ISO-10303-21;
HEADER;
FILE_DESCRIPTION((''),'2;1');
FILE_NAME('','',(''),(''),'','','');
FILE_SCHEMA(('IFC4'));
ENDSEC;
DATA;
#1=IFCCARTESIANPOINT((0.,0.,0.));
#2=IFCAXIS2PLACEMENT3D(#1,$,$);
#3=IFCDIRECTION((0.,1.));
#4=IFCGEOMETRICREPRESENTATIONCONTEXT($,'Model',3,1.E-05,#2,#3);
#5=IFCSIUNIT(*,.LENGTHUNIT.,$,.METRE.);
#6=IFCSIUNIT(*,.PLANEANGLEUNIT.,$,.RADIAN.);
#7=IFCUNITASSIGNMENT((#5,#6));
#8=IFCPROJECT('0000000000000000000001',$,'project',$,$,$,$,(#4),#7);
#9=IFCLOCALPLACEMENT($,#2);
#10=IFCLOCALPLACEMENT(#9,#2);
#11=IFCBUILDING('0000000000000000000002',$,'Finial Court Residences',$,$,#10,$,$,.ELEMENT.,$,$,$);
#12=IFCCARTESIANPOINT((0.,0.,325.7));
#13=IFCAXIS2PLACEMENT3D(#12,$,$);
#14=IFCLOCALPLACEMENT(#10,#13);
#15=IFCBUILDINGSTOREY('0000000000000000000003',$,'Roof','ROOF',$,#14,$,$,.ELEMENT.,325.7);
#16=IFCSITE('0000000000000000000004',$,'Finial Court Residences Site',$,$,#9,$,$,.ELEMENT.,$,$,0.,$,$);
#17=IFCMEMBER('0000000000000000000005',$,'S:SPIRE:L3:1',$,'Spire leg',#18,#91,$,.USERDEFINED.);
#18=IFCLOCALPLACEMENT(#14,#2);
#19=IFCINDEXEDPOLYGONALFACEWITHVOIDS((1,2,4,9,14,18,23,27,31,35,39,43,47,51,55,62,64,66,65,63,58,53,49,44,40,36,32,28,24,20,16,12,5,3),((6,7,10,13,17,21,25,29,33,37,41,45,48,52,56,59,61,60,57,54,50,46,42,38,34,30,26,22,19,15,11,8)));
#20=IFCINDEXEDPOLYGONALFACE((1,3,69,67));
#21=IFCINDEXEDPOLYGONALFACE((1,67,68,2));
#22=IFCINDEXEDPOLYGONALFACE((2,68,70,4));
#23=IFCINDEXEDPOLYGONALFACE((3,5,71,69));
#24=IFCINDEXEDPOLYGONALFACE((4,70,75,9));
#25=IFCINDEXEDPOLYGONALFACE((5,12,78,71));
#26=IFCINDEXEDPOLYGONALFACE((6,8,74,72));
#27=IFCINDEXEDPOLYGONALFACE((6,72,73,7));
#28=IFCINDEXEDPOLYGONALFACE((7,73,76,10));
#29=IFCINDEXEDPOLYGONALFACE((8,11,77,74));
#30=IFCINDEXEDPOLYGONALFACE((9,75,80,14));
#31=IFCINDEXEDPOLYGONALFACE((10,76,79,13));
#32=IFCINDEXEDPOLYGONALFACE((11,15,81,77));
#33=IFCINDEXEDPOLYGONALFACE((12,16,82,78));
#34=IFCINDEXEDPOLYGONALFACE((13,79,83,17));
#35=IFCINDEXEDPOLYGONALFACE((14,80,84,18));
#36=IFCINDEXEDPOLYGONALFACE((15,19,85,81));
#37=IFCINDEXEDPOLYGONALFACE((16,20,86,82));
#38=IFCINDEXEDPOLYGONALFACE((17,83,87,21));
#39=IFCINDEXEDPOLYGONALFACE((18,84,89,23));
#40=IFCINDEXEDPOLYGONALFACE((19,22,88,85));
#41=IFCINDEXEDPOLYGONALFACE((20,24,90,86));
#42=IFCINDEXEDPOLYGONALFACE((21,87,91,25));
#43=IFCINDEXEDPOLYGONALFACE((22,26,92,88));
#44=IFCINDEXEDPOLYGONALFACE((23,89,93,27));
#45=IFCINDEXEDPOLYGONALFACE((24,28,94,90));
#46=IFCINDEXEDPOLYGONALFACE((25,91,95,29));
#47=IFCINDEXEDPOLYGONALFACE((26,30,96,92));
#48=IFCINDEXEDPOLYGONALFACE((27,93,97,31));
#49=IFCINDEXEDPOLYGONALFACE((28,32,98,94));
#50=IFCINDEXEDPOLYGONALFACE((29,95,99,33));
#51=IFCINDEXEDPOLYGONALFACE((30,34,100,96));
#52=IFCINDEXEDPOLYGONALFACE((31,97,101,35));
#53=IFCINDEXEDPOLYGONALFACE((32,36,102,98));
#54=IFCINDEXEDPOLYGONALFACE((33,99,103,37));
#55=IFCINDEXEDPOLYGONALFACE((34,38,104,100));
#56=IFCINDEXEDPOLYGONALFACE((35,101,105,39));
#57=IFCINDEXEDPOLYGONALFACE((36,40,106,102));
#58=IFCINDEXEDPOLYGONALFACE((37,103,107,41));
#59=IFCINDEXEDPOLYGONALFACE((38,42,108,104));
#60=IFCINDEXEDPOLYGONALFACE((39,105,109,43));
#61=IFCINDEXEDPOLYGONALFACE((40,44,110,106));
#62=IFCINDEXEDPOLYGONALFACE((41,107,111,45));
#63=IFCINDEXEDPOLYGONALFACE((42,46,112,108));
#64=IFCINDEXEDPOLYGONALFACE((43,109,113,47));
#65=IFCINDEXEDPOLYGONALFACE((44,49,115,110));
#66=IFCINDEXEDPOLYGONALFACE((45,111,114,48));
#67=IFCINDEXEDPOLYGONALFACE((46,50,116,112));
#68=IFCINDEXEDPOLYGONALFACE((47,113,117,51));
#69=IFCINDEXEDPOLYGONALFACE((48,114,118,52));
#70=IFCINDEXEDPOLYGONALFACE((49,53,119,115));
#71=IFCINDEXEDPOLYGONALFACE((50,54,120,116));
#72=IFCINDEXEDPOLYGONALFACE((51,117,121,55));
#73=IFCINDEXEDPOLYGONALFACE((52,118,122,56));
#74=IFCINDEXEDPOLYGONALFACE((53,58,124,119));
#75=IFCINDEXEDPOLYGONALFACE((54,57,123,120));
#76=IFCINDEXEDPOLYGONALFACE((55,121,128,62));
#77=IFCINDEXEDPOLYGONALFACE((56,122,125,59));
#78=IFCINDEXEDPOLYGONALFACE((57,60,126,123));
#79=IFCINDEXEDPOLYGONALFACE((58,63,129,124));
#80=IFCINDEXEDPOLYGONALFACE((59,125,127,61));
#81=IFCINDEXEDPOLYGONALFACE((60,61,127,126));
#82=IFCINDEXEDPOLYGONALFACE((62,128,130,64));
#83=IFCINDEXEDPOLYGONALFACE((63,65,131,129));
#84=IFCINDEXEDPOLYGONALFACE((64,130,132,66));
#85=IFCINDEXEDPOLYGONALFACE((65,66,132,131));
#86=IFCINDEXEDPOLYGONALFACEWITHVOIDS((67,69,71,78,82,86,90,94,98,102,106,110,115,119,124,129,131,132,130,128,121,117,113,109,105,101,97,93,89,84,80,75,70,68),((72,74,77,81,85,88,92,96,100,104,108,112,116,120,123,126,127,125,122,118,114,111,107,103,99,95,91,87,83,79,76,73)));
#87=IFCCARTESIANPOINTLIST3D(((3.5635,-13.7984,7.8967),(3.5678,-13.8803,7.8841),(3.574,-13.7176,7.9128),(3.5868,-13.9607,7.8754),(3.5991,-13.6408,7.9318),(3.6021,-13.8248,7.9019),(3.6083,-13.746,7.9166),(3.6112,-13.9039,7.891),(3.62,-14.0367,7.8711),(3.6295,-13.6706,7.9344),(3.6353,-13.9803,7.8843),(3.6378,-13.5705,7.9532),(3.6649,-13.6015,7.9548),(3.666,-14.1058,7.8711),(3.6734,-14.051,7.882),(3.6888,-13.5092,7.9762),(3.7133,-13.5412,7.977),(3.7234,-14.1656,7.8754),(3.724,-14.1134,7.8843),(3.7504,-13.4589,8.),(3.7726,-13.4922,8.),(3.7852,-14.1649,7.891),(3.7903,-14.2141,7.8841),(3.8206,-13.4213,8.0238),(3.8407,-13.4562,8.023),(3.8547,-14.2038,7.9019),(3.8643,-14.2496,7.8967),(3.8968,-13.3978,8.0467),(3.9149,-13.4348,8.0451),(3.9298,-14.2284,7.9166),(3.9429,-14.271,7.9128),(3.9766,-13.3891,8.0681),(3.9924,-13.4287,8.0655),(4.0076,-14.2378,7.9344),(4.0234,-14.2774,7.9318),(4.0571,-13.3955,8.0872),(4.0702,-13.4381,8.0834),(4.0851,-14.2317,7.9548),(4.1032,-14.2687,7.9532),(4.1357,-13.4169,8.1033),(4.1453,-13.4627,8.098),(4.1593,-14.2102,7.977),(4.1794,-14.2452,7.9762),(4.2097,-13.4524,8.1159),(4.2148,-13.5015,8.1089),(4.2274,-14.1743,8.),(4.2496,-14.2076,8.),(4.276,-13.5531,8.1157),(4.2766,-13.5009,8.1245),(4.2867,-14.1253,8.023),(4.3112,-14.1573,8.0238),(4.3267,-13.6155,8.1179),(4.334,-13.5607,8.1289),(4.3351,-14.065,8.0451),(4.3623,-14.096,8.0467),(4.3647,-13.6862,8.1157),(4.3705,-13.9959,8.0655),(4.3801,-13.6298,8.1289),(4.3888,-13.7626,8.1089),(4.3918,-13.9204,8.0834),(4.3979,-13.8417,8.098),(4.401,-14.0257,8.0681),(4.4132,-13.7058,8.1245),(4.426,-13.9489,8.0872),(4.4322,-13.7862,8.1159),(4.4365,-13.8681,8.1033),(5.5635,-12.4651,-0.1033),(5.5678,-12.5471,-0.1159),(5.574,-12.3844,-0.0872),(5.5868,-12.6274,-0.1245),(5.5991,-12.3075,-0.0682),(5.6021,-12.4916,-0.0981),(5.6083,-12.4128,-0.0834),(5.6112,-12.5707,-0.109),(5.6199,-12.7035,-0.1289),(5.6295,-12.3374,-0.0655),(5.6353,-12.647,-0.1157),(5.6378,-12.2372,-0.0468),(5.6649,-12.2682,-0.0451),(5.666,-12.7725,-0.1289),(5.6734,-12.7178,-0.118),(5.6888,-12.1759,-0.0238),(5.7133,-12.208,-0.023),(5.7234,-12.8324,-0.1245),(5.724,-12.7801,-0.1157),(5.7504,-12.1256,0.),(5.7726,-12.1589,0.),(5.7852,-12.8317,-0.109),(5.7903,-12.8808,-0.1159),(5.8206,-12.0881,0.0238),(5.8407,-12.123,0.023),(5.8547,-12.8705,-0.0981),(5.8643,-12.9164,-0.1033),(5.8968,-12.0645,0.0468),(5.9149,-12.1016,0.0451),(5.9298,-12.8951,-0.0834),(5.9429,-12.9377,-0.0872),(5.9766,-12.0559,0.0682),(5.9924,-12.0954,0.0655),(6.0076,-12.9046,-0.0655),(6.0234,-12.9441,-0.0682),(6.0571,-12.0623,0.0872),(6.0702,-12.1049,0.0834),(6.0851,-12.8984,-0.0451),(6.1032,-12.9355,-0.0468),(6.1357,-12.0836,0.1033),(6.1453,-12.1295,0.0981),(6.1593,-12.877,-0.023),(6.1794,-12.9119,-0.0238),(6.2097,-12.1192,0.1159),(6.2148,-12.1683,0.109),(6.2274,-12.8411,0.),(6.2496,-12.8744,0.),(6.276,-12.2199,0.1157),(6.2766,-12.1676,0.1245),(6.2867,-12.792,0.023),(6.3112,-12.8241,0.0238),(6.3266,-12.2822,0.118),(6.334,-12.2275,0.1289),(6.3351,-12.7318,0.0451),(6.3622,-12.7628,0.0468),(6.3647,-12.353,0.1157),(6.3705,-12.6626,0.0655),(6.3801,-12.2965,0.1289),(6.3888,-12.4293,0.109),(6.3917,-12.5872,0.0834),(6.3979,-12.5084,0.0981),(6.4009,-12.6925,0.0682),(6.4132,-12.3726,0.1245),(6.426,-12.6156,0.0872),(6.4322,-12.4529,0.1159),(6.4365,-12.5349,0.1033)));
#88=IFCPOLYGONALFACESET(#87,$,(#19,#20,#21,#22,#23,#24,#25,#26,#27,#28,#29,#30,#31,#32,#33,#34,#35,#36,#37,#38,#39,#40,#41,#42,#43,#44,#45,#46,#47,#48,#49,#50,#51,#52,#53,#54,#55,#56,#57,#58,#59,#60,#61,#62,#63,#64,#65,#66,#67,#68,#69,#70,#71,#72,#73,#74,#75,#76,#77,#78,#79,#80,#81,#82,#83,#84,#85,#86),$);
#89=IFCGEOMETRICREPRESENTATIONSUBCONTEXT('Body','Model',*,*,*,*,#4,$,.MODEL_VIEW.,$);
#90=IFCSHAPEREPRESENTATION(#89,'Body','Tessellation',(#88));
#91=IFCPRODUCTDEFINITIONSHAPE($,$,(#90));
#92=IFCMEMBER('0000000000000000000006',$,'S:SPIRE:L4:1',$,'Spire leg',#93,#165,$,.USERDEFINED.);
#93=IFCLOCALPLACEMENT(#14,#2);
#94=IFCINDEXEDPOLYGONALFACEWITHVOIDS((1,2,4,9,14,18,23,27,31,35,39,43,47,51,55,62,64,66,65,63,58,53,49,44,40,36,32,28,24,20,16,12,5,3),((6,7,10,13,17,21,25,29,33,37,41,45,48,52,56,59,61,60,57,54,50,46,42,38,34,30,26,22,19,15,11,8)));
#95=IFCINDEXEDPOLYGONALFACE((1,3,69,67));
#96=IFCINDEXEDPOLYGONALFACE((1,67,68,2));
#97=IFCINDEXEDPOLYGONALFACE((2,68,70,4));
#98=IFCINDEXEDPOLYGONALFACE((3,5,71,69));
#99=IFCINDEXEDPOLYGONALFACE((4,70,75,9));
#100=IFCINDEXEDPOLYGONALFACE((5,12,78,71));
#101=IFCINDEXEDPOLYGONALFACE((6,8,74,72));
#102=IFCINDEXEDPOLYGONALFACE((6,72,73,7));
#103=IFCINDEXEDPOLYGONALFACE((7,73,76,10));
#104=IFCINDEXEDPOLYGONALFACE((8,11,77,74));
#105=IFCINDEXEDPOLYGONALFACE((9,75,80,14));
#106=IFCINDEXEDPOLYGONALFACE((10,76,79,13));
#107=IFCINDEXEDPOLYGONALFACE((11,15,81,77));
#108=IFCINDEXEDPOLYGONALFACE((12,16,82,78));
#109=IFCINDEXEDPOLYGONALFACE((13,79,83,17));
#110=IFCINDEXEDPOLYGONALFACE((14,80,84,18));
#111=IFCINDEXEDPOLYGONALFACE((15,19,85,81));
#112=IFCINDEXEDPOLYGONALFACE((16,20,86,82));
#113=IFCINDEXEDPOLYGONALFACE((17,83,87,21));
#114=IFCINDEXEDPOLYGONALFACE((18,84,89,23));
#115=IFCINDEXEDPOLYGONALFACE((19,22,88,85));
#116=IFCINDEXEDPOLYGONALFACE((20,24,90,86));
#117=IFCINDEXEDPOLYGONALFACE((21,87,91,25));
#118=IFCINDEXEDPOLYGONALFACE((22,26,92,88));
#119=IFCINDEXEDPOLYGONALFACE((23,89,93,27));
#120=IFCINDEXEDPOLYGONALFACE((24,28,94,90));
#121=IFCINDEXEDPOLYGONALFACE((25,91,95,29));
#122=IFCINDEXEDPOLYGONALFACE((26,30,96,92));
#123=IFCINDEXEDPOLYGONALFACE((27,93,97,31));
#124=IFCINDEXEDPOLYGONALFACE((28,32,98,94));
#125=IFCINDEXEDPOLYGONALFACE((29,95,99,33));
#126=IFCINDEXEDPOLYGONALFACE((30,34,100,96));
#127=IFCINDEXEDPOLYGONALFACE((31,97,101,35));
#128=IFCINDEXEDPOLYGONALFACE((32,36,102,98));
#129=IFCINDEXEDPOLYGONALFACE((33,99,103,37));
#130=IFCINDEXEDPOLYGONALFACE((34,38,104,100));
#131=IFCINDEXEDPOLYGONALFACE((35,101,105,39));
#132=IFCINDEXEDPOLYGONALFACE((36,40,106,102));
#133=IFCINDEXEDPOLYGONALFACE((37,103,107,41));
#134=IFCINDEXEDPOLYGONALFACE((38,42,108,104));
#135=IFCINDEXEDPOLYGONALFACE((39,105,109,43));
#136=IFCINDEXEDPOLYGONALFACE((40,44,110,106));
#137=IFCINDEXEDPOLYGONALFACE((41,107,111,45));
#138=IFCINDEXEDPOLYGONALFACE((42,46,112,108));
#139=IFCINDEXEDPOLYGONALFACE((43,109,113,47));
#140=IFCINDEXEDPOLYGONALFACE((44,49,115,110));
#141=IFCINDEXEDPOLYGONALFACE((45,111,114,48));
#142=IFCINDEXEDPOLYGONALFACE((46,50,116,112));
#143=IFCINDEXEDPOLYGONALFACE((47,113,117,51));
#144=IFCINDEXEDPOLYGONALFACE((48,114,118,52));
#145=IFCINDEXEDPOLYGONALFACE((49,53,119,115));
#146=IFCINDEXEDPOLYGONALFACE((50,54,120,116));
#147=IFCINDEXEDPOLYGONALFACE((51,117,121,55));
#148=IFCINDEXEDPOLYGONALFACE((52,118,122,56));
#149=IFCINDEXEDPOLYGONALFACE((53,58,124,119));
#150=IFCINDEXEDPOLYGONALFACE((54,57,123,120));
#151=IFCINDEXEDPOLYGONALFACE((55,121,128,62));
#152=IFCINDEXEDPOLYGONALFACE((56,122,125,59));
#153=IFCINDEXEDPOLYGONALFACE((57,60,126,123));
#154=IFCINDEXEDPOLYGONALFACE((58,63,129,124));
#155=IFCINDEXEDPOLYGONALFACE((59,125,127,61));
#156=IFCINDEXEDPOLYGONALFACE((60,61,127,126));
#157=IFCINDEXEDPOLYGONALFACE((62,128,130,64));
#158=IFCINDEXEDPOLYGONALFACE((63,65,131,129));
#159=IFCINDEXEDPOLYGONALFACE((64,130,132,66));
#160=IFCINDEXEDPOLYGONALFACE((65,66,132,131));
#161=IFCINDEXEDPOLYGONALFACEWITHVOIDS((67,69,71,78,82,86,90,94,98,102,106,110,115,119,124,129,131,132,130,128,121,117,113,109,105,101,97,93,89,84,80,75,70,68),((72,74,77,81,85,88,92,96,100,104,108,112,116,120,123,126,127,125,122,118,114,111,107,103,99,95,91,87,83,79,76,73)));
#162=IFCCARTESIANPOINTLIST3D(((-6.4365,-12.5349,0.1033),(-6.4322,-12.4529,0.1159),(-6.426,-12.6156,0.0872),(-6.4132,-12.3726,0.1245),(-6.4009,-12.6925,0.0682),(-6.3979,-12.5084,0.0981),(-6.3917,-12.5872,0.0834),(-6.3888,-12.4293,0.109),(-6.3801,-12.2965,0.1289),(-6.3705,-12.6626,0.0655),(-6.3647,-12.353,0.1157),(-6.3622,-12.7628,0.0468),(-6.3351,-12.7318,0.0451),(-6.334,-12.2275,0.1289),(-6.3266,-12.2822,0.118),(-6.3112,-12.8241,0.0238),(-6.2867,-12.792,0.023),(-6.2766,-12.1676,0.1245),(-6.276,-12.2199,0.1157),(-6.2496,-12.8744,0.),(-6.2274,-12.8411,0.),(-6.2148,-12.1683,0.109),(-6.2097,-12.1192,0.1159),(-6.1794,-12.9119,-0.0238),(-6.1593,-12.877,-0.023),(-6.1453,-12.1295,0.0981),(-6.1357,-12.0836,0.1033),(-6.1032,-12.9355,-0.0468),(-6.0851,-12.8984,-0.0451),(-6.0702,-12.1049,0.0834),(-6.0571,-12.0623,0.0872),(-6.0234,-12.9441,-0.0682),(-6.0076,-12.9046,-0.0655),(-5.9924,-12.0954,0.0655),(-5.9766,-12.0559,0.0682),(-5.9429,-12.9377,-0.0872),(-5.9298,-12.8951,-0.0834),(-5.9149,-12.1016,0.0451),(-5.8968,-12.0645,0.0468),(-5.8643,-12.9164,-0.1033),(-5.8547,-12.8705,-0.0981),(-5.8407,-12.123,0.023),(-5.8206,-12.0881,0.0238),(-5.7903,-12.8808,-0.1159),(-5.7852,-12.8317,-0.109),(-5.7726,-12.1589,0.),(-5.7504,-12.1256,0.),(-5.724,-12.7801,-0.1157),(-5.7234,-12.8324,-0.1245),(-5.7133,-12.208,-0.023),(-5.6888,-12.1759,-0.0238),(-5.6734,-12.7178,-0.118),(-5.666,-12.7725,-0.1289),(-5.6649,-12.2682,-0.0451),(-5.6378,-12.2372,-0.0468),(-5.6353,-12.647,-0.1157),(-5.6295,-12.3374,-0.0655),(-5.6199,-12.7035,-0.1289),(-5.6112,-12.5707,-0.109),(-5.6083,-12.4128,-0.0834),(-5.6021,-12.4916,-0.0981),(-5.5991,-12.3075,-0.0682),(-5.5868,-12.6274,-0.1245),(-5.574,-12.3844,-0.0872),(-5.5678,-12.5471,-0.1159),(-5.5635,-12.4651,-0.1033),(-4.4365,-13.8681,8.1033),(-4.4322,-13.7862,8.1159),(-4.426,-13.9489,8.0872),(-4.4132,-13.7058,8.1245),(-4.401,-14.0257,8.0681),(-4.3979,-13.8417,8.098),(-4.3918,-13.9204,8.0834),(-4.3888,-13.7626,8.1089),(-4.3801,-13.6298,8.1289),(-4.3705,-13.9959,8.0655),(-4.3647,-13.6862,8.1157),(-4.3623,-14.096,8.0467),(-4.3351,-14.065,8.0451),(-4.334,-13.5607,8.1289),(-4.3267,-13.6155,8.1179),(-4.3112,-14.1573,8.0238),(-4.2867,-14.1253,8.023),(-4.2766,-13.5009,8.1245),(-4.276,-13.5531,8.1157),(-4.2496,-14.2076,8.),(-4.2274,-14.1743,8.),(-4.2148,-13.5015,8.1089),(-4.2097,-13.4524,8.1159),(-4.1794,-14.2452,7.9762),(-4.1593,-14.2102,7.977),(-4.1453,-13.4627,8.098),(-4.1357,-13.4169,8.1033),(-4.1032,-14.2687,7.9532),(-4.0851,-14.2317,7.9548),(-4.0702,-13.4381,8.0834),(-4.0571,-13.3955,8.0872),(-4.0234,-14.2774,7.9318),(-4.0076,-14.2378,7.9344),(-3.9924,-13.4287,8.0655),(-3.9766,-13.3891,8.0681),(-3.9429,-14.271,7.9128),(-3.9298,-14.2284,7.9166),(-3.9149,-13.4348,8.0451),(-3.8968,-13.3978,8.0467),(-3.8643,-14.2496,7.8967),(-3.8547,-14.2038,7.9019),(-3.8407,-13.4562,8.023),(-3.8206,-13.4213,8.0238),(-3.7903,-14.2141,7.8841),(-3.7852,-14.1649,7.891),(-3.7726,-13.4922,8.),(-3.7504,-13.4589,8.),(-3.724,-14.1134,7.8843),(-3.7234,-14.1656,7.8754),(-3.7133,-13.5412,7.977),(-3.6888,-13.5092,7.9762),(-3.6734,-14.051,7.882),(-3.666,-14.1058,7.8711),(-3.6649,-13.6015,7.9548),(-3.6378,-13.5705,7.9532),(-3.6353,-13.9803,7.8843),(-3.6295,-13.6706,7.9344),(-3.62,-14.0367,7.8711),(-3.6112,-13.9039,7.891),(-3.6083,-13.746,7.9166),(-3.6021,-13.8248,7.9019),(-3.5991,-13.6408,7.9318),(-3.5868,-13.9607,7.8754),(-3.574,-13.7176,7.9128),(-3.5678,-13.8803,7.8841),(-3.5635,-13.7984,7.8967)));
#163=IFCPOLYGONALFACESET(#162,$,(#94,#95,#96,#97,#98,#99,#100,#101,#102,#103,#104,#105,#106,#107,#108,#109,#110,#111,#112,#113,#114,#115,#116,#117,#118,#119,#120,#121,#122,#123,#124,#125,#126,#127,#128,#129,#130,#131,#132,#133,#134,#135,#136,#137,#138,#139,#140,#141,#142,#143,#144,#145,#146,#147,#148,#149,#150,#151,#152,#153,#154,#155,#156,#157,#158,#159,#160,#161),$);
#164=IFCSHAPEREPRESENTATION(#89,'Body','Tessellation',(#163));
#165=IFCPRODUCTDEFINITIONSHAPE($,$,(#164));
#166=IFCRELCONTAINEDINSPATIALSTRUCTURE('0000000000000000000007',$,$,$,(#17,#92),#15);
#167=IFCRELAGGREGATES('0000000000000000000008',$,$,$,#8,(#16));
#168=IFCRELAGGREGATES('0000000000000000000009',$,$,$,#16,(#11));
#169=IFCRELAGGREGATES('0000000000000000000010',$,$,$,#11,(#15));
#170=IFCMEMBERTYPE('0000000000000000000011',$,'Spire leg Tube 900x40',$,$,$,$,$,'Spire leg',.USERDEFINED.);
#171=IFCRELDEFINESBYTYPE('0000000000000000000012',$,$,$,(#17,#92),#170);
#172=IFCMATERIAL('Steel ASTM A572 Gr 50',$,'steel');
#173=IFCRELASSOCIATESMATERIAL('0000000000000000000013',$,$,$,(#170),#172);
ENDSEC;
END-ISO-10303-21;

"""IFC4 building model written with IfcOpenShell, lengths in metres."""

from ifc_helpers import new_model, si_unit, direction, frame, origin, origin_2d, place, context, subcontext, project, spatial, hollow_circle, extrude, material, material_profile, profile_set, type_object, element, save


model = new_model("IFC4")

# Units and contexts
model_context = context("Model", 3, precision=1e-05, world=origin(), true_north=direction((0.0, 1.0)))
body_context = subcontext(model_context, "Body", "Model", "MODEL_VIEW")
ifc_project = project(units=[si_unit("LENGTHUNIT", "METRE"), si_unit("PLANEANGLEUNIT", "RADIAN")], contexts=[model_context])

# Site, building, storey
site_placement = place(None, origin())
site = spatial("IfcSite", under=ifc_project, at=site_placement, Name="Finial Court Residences Site", CompositionType="ELEMENT", RefElevation=0.0)
building_placement = place(site_placement, origin())
building = spatial("IfcBuilding", under=site, at=building_placement, Name="Finial Court Residences", CompositionType="ELEMENT")
storey_placement = place(building_placement, frame((0.0, 0.0, 325.7)))
storey = spatial("IfcBuildingStorey", under=building, at=storey_placement, Name="Roof", Description="ROOF", CompositionType="ELEMENT", Elevation=325.7)

# Members
ifc_material_1 = material(Name="Steel ASTM A572 Gr 50", Category="steel")
ifc_material_profile_1 = material_profile(ifc_material_1, hollow_circle(Radius=0.45, WallThickness=0.04, at=origin_2d()), Name="Tube 900x40")
ifc_profile_set_1 = profile_set([ifc_material_profile_1], Name="Steel ASTM A572 Gr 50")
member_type_1 = type_object("IfcMemberType", Name="Spire leg Tube 900x40", ElementType="Spire leg", PredefinedType="USERDEFINED", material=ifc_profile_set_1)
for number, where, z_axis, x_axis, name in (
    (1, (6.0, -12.5, 0.0), (-0.239426, -0.159608, 0.957706), (0.554677, -0.832066, 0.0), "S:SPIRE:L3:1"),
    (2, (-6.0, -12.5, 0.0), (0.239426, -0.159608, 0.957706), (0.554677, 0.832066, 0.0), "S:SPIRE:L4:1"),
):
    element("IfcMember", number, at=place(storey_placement, frame(where, z_axis=z_axis, x_axis=x_axis)), inside=storey, type_object=member_type_1, Name=name, ObjectType="Spire leg", PredefinedType="USERDEFINED", context=body_context, shape_type="SweptSolid", body=[
        extrude(hollow_circle(Radius=0.45, WallThickness=0.04, at=origin_2d()), origin(), (0.0, 0.0, 1.0), 8.3533),
    ])

save(model, "model.ifc")
